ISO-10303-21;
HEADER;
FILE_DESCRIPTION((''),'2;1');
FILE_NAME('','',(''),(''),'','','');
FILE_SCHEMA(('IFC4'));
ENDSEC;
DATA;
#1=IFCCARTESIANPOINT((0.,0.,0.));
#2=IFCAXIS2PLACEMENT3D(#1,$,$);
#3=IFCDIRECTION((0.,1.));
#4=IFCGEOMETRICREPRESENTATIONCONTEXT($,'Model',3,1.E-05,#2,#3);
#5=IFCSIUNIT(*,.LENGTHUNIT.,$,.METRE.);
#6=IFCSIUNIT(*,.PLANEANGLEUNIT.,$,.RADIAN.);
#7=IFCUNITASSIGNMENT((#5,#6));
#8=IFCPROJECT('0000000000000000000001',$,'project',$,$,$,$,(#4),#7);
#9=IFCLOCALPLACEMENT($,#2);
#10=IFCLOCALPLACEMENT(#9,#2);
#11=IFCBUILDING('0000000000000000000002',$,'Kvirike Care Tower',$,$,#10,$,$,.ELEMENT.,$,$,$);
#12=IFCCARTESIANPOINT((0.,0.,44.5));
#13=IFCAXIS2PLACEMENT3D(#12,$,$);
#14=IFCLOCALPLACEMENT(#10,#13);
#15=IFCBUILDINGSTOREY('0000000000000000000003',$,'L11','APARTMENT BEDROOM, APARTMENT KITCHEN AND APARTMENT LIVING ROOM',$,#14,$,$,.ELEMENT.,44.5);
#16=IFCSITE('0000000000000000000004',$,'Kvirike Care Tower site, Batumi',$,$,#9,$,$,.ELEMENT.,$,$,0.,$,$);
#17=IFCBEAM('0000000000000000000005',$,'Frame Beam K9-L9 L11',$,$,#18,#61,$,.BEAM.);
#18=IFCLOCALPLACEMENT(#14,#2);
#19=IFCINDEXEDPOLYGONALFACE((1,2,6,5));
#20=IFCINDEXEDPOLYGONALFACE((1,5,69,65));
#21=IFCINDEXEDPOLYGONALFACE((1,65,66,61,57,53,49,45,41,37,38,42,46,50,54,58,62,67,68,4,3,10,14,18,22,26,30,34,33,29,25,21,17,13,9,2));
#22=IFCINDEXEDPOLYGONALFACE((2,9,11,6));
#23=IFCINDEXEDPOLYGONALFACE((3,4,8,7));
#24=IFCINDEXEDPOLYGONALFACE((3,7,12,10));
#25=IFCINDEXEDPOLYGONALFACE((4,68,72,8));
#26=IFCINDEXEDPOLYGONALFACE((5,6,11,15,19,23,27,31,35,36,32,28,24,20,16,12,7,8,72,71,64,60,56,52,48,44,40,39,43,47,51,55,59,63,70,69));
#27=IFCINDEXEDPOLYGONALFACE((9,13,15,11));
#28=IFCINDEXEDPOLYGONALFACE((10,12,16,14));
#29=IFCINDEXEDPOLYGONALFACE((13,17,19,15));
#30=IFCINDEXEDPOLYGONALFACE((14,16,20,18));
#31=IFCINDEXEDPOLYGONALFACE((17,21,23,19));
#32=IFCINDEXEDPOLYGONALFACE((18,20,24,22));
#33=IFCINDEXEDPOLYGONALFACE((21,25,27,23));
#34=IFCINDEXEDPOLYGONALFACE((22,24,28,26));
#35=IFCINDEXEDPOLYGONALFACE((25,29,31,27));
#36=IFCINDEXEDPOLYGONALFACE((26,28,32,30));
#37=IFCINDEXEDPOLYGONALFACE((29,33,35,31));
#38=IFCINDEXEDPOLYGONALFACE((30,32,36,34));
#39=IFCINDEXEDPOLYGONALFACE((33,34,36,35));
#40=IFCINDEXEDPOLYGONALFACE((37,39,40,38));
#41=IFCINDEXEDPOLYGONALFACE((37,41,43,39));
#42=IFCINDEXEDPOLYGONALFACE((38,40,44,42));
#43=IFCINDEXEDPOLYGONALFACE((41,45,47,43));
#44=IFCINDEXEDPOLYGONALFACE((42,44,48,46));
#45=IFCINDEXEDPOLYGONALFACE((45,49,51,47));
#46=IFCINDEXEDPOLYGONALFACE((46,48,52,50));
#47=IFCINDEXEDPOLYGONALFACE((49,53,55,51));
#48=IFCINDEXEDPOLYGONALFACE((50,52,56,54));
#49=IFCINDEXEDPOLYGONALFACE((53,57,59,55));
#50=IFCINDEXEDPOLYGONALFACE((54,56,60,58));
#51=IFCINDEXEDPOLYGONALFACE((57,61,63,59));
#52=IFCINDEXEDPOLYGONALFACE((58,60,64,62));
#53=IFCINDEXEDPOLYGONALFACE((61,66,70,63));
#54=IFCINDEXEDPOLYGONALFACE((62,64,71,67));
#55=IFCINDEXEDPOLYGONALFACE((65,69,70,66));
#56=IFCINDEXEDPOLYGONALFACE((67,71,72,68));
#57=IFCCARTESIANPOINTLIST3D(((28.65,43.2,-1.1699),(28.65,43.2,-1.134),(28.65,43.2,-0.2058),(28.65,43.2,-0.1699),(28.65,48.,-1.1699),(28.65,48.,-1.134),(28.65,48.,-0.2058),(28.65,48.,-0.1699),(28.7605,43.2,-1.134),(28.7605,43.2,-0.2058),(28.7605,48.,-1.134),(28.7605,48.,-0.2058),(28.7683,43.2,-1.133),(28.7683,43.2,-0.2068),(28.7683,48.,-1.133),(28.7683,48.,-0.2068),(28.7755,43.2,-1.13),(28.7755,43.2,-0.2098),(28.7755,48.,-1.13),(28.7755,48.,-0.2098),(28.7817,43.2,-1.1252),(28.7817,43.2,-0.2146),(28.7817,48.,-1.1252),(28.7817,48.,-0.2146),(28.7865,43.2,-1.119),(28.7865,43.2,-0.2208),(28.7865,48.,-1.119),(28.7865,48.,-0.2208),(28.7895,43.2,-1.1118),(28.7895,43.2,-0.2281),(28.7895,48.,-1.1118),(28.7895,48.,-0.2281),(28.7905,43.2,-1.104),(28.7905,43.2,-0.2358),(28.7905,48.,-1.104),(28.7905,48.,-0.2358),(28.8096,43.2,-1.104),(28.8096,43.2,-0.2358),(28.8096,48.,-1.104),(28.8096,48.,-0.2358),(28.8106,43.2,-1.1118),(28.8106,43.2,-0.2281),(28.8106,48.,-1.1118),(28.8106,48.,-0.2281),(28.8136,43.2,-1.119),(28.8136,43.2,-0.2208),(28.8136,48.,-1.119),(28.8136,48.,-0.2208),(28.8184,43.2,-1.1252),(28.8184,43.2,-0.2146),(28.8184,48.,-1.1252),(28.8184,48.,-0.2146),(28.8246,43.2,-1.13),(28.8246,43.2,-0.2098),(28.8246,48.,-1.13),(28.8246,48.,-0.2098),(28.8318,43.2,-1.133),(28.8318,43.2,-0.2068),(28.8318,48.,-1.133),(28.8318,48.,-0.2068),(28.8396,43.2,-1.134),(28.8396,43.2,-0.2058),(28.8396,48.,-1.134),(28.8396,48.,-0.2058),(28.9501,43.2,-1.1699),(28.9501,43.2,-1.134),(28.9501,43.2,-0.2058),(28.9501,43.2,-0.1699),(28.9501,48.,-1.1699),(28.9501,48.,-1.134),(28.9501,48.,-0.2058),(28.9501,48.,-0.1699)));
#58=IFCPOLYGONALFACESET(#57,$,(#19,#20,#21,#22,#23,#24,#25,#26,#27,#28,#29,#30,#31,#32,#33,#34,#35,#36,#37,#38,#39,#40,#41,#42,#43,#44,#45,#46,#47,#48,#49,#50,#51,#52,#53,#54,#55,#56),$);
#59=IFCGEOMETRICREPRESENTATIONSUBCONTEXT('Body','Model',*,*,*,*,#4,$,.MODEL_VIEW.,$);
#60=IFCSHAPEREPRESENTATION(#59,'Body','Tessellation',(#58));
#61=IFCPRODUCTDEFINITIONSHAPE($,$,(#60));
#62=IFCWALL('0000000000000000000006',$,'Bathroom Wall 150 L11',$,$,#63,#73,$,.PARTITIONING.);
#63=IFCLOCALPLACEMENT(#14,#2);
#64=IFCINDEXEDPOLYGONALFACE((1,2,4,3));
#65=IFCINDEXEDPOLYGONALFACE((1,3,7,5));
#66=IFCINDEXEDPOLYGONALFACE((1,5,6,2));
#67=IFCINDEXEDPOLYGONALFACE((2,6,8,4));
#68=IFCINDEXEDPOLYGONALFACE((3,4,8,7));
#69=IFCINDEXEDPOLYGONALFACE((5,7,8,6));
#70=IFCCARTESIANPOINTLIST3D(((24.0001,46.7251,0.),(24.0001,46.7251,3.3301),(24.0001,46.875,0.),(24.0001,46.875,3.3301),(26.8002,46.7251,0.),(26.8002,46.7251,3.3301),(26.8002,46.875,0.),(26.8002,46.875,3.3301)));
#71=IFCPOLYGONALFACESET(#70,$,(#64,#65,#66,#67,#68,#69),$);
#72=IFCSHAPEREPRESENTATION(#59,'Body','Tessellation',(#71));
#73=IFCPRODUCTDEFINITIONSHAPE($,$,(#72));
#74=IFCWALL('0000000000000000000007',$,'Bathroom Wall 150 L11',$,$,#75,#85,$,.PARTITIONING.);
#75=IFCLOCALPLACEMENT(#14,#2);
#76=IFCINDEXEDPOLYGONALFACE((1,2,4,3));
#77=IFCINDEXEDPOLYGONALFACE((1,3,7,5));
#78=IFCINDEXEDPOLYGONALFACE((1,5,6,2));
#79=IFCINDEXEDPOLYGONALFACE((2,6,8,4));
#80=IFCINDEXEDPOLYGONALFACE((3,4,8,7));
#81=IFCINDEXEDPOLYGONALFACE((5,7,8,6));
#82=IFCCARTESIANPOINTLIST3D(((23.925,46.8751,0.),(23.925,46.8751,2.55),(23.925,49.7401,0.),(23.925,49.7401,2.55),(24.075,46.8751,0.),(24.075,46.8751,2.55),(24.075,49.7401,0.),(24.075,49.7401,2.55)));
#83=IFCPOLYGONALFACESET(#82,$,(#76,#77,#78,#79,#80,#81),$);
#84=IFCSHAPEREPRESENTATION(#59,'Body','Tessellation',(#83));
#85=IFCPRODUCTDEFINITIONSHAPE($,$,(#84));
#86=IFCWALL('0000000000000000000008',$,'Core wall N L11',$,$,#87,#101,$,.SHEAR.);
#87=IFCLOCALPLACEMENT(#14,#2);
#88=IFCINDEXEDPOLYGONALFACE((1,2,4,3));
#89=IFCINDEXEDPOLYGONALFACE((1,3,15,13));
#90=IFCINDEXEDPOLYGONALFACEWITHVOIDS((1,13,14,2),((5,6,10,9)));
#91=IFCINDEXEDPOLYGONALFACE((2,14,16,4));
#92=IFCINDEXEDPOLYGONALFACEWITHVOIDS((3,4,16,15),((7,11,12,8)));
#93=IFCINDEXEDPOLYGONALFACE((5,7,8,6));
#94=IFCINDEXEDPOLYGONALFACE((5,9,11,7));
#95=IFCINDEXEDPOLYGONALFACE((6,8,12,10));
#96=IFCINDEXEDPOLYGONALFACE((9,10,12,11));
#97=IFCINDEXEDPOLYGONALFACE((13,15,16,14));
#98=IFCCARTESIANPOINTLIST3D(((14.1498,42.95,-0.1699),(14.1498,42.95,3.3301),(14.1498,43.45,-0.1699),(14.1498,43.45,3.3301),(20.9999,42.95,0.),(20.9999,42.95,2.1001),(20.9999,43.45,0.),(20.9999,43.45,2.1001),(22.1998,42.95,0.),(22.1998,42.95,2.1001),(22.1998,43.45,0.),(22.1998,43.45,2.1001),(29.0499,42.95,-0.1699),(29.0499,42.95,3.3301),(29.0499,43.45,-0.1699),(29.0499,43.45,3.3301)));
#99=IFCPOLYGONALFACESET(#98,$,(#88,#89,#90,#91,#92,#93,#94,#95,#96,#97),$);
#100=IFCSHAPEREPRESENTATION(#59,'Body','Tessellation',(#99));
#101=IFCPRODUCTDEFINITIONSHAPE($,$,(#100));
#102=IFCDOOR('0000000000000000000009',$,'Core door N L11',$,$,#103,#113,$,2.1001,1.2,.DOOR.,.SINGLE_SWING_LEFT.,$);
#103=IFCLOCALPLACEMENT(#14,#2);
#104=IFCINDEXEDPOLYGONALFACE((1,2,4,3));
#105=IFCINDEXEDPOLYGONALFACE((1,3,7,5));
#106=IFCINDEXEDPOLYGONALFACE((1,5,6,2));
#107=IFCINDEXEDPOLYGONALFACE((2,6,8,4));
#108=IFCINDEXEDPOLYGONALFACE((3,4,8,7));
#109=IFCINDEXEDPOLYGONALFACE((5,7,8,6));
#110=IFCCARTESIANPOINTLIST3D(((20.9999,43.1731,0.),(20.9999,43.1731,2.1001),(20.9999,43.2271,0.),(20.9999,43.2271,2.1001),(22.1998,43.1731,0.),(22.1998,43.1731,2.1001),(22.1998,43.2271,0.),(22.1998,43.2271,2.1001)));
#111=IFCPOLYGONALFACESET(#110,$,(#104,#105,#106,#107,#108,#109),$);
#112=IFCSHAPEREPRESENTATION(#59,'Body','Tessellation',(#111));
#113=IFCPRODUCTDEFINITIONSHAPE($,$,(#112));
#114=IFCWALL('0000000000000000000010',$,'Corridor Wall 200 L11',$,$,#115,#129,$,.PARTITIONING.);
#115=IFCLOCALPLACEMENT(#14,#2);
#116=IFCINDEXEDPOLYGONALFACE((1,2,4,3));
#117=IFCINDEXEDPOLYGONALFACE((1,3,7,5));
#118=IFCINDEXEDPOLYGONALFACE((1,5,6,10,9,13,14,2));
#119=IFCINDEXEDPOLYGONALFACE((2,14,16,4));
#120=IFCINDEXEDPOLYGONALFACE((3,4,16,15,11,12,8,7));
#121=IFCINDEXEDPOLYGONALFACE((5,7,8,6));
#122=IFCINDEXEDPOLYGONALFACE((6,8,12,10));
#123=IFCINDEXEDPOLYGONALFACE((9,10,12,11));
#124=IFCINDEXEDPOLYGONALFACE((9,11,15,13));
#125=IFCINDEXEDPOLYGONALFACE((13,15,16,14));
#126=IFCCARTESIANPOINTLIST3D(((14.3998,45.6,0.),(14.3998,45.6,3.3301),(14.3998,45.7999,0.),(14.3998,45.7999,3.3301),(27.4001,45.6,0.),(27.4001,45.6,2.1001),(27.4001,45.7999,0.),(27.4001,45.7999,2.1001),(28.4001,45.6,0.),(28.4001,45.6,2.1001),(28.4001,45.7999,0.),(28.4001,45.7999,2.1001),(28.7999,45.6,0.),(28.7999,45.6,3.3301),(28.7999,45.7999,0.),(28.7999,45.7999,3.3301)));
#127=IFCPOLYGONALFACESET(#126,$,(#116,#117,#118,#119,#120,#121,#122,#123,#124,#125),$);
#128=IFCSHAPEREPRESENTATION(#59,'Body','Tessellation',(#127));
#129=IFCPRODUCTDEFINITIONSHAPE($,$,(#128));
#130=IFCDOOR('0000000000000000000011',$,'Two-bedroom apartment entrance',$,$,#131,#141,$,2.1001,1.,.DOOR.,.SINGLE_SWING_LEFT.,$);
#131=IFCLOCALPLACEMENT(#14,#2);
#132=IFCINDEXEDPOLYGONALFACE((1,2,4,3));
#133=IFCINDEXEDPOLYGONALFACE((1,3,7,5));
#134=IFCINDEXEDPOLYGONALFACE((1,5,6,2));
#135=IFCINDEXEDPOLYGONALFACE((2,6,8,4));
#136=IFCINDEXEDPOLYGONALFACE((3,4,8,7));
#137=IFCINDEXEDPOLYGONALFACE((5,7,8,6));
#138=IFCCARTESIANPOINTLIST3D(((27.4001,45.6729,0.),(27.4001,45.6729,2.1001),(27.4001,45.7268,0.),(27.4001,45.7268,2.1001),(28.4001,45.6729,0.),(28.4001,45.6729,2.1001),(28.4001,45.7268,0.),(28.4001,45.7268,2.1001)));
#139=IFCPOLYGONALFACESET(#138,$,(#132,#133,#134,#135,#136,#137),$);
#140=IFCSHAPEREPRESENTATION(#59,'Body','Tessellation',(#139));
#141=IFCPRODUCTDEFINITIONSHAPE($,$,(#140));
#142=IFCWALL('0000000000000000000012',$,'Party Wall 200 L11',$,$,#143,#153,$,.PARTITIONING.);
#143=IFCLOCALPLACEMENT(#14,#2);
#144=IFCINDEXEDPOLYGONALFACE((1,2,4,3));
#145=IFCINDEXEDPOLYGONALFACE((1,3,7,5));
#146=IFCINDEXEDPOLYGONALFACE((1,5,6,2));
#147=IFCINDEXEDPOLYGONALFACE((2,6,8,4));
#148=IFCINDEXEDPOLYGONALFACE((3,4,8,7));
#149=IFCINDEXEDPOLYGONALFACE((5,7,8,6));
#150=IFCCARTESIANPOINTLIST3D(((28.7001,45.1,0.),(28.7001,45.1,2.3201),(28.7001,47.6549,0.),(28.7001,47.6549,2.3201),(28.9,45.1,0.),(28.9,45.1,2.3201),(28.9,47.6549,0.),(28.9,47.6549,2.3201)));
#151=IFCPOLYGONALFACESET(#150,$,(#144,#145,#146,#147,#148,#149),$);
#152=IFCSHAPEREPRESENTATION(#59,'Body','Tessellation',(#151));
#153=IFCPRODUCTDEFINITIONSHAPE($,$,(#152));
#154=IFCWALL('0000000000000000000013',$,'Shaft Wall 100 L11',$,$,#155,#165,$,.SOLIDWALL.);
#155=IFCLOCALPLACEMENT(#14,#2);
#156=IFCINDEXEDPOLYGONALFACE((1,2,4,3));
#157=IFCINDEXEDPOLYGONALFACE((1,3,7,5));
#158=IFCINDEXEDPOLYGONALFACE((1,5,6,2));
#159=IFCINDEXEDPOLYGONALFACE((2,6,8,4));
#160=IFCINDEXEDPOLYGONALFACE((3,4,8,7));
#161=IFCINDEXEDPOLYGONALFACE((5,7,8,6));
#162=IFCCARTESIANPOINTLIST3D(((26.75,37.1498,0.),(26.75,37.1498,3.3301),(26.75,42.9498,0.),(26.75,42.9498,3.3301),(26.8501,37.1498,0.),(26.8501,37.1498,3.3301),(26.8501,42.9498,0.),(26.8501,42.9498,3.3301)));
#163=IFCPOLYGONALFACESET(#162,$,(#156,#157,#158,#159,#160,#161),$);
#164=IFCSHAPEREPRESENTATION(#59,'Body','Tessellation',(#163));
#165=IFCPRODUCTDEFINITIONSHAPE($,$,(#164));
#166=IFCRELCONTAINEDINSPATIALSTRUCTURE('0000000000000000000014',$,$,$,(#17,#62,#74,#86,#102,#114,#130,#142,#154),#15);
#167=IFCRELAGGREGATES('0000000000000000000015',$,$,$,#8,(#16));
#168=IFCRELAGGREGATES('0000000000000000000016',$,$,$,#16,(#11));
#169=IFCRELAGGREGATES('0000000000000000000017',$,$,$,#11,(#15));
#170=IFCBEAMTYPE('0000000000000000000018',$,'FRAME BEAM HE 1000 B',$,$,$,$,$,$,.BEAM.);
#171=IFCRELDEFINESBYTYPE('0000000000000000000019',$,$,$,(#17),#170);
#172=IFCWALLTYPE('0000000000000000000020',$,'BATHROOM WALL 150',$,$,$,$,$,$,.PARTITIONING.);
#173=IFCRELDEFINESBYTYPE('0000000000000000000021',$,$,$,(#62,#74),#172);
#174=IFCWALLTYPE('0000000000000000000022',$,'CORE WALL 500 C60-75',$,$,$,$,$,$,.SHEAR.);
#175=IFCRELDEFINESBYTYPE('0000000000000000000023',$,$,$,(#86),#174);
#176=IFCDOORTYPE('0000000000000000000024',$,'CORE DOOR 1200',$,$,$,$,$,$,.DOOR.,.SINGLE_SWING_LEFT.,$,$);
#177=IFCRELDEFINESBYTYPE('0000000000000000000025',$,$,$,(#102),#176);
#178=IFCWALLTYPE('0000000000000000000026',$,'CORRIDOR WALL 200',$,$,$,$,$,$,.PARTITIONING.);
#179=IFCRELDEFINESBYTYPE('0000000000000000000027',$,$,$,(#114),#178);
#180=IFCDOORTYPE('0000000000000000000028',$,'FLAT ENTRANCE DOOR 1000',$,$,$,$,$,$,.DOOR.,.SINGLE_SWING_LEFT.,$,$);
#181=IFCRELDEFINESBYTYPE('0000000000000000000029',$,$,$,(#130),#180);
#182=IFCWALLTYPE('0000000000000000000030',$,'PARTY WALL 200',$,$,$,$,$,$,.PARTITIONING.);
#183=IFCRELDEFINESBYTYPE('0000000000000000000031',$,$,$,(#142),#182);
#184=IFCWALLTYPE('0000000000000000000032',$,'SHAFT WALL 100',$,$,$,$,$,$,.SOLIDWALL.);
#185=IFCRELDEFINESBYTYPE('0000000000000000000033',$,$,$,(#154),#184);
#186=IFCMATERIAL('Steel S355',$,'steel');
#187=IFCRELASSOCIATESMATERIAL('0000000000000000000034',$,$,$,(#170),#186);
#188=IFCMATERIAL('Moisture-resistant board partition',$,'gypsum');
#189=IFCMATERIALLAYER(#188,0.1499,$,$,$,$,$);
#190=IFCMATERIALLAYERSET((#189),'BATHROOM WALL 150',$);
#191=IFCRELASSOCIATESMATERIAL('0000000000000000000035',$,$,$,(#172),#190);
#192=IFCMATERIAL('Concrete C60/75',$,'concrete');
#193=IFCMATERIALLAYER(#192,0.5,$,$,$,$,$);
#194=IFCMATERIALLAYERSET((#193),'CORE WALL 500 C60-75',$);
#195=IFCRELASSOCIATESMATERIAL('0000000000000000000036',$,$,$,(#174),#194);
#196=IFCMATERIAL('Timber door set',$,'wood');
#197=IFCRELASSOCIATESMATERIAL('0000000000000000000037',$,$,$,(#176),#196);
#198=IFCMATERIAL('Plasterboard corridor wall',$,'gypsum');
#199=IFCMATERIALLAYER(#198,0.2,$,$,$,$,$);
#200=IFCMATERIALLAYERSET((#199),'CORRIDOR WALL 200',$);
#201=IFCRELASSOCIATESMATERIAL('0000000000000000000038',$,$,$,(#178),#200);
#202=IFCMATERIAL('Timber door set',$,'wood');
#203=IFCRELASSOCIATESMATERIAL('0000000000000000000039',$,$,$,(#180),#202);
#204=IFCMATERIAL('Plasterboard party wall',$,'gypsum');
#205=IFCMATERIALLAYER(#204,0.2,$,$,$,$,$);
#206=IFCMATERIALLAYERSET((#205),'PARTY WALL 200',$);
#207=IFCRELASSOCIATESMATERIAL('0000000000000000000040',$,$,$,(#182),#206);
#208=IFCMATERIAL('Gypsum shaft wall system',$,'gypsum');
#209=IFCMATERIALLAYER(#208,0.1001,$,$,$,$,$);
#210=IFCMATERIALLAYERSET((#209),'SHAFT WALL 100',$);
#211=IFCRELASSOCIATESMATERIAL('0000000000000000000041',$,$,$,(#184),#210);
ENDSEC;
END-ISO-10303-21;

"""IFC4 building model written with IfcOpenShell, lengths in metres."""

from ifc_helpers import new_model, si_unit, direction, frame, frame_2d, origin, origin_2d, place, context, subcontext, project, spatial, rectangle, i_section, extrude, material, layer, layer_set, material_profile, profile_set, type_object, element, fill, save


model = new_model("IFC4")

# Units and contexts
model_context = context("Model", 3, precision=1e-05, world=origin(), true_north=direction((0.0, 1.0)))
body_context = subcontext(model_context, "Body", "Model", "MODEL_VIEW")
ifc_project = project(units=[si_unit("LENGTHUNIT", "METRE"), si_unit("PLANEANGLEUNIT", "RADIAN")], contexts=[model_context])

# Site, building, storey
site_placement = place(None, origin())
site = spatial("IfcSite", under=ifc_project, at=site_placement, Name="Kvirike Care Tower site, Batumi", CompositionType="ELEMENT", RefElevation=0.0)
building_placement = place(site_placement, origin())
building = spatial("IfcBuilding", under=site, at=building_placement, Name="Kvirike Care Tower", CompositionType="ELEMENT")
storey_placement = place(building_placement, frame((0.0, 0.0, 44.5)))
storey = spatial("IfcBuildingStorey", under=building, at=storey_placement, Name="L11", Description="APARTMENT BEDROOM, APARTMENT KITCHEN AND APARTMENT LIVING ROOM", CompositionType="ELEMENT", Elevation=44.5)

# Beam
ifc_material_1 = material(Name="Steel S355", Category="steel")
ifc_material_profile_1 = material_profile(ifc_material_1, i_section(OverallWidth=0.3, OverallDepth=1.0, WebThickness=0.019, FlangeThickness=0.0359, FilletRadius=0.03, at=origin_2d()), Name="HE 1000 B")
ifc_profile_set_1 = profile_set([ifc_material_profile_1], Name="Steel S355")
beam_type_1 = type_object("IfcBeamType", Name="FRAME BEAM HE 1000 B", PredefinedType="BEAM", material=ifc_profile_set_1)
for number, where, z_axis, x_axis, name in (
    (1, (28.8, 43.2, -0.6699), (0.0, 1.0, 0.0), (-1.0, 0.0, 0.0), "Frame Beam K9-L9 L11"),
):
    element("IfcBeam", number, at=place(storey_placement, frame(where, z_axis=z_axis, x_axis=x_axis)), inside=storey, type_object=beam_type_1, Name=name, PredefinedType="BEAM", context=body_context, shape_type="SweptSolid", body=[
        extrude(i_section(OverallWidth=0.3, OverallDepth=1.0, WebThickness=0.019, FlangeThickness=0.0359, FilletRadius=0.03, at=origin_2d()), origin(), (0.0, 0.0, 1.0), 4.8),
    ])

# Walls
ifc_material_2 = material(Name="Moisture-resistant board partition", Category="gypsum")
ifc_layer_1 = layer(ifc_material_2, 0.1499)
ifc_layer_set_1 = layer_set([ifc_layer_1], Name="BATHROOM WALL 150")
wall_type_1 = type_object("IfcWallType", Name="BATHROOM WALL 150", PredefinedType="PARTITIONING", material=ifc_layer_set_1)
wall_1_placement = place(storey_placement, frame((26.8, 46.8, 0.0), z_axis=(0.0, 0.0, 1.0), x_axis=(-1.0, 0.0, 0.0)))
element("IfcWall", 2, at=wall_1_placement, inside=storey, type_object=wall_type_1, Name="Bathroom Wall 150 L11", PredefinedType="PARTITIONING", context=body_context, shape_type="SweptSolid", body=[
    extrude(rectangle(XDim=2.8, YDim=0.1499, at=frame_2d((1.3999, 0.0))), origin(), (0.0, 0.0, 1.0), 3.3301),
])
wall_2_placement = place(storey_placement, frame((24.0, 46.875, 0.0), z_axis=(0.0, 0.0, 1.0), x_axis=(0.0, 1.0, 0.0)))
element("IfcWall", 3, at=wall_2_placement, inside=storey, type_object=wall_type_1, Name="Bathroom Wall 150 L11", PredefinedType="PARTITIONING", context=body_context, shape_type="SweptSolid", body=[
    extrude(rectangle(XDim=2.865, YDim=0.1499, at=frame_2d((1.4326, 0.0))), origin(), (0.0, 0.0, 1.0), 2.55),
])

# Walls, openings, doors
ifc_material_3 = material(Name="Concrete C60/75", Category="concrete")
ifc_layer_2 = layer(ifc_material_3, 0.5)
ifc_layer_set_2 = layer_set([ifc_layer_2], Name="CORE WALL 500 C60-75")
wall_type_2 = type_object("IfcWallType", Name="CORE WALL 500 C60-75", PredefinedType="SHEAR", material=ifc_layer_set_2)
wall_3_placement = place(storey_placement, frame((29.05, 43.2, -0.1699), z_axis=(0.0, 0.0, 1.0), x_axis=(-1.0, 0.0, 0.0)))
wall_3 = element("IfcWall", 4, at=wall_3_placement, inside=storey, type_object=wall_type_2, Name="Core wall N L11", PredefinedType="SHEAR", context=body_context, shape_type="SweptSolid", body=[
    extrude(rectangle(XDim=14.9001, YDim=0.5, at=frame_2d((7.4502, 0.0))), origin(), (0.0, 0.0, 1.0), 3.5),
])
opening_1_placement = place(wall_3_placement, frame((6.8501, 0.0, 0.1699)))
opening_1 = element("IfcOpeningElement", 5, at=opening_1_placement, cuts=wall_3, PredefinedType="OPENING", context=body_context, shape_type="SweptSolid", body=[
    extrude(rectangle(XDim=1.2, YDim=2.1001, at=frame_2d((0.6001, 1.05))), frame((0.0, 0.2605, 0.0), z_axis=(0.0, -1.0, 0.0), x_axis=(1.0, 0.0, 0.0)), (0.0, 0.0, 1.0), 0.521),
])
ifc_material_4 = material(Name="Timber door set", Category="wood")
door_type_1 = type_object("IfcDoorType", Name="CORE DOOR 1200", OperationType="SINGLE_SWING_LEFT", PredefinedType="DOOR", material=ifc_material_4)
door_1_placement = place(opening_1_placement, origin())
door_1 = element("IfcDoor", 6, at=door_1_placement, inside=storey, type_object=door_type_1, Name="Core door N L11", OperationType="SINGLE_SWING_LEFT", OverallHeight=2.1001, OverallWidth=1.2, PredefinedType="DOOR", context=body_context, shape_type="SweptSolid", body=[
    extrude(rectangle(XDim=1.2, YDim=2.1001, at=frame_2d((0.6001, 1.05))), frame((0.0, 0.0269, 0.0), z_axis=(0.0, -1.0, 0.0), x_axis=(1.0, 0.0, 0.0)), (0.0, 0.0, 1.0), 0.054),
])
fill(opening_1, door_1)
ifc_material_5 = material(Name="Plasterboard corridor wall", Category="gypsum")
ifc_layer_3 = layer(ifc_material_5, 0.2)
ifc_layer_set_3 = layer_set([ifc_layer_3], Name="CORRIDOR WALL 200")
wall_type_3 = type_object("IfcWallType", Name="CORRIDOR WALL 200", PredefinedType="PARTITIONING", material=ifc_layer_set_3)
wall_4_placement = place(storey_placement, frame((28.8, 45.7, 0.0), z_axis=(0.0, 0.0, 1.0), x_axis=(-1.0, 0.0, 0.0)))
wall_4 = element("IfcWall", 7, at=wall_4_placement, inside=storey, type_object=wall_type_3, Name="Corridor Wall 200 L11", PredefinedType="PARTITIONING", context=body_context, shape_type="SweptSolid", body=[
    extrude(rectangle(XDim=14.4001, YDim=0.2, at=frame_2d((7.2002, 0.0))), origin(), (0.0, 0.0, 1.0), 3.3301),
])
opening_2_placement = place(wall_4_placement, frame((0.3999, 0.0, 0.0)))
opening_2 = element("IfcOpeningElement", 8, at=opening_2_placement, cuts=wall_4, PredefinedType="OPENING", context=body_context, shape_type="SweptSolid", body=[
    extrude(rectangle(XDim=1.0, YDim=2.1001, at=frame_2d((0.5, 1.05))), frame((0.0, 0.1106, 0.0), z_axis=(0.0, -1.0, 0.0), x_axis=(1.0, 0.0, 0.0)), (0.0, 0.0, 1.0), 0.2209),
])
ifc_material_6 = material(Name="Timber door set", Category="wood")
door_type_2 = type_object("IfcDoorType", Name="FLAT ENTRANCE DOOR 1000", OperationType="SINGLE_SWING_LEFT", PredefinedType="DOOR", material=ifc_material_6)
door_2_placement = place(opening_2_placement, frame((1.0, 0.0, 0.0), z_axis=(0.0, 0.0, 1.0), x_axis=(-1.0, 0.0, 0.0)))
door_2 = element("IfcDoor", 9, at=door_2_placement, inside=storey, type_object=door_type_2, Name="Two-bedroom apartment entrance", OperationType="SINGLE_SWING_LEFT", OverallHeight=2.1001, OverallWidth=1.0, PredefinedType="DOOR", context=body_context, shape_type="SweptSolid", body=[
    extrude(rectangle(XDim=1.0, YDim=2.1001, at=frame_2d((0.5, 1.05))), frame((0.0, 0.0269, 0.0), z_axis=(0.0, -1.0, 0.0), x_axis=(1.0, 0.0, 0.0)), (0.0, 0.0, 1.0), 0.054),
])
fill(opening_2, door_2)

# Walls
ifc_material_7 = material(Name="Plasterboard party wall", Category="gypsum")
ifc_layer_4 = layer(ifc_material_7, 0.2)
ifc_layer_set_4 = layer_set([ifc_layer_4], Name="PARTY WALL 200")
wall_type_4 = type_object("IfcWallType", Name="PARTY WALL 200", PredefinedType="PARTITIONING", material=ifc_layer_set_4)
wall_5_placement = place(storey_placement, frame((28.8, 45.1001, 0.0), z_axis=(0.0, 0.0, 1.0), x_axis=(0.0, 1.0, 0.0)))
element("IfcWall", 10, at=wall_5_placement, inside=storey, type_object=wall_type_4, Name="Party Wall 200 L11", PredefinedType="PARTITIONING", context=body_context, shape_type="SweptSolid", body=[
    extrude(rectangle(XDim=2.5549, YDim=0.2, at=frame_2d((1.2773, 0.0))), origin(), (0.0, 0.0, 1.0), 2.3201),
])
ifc_material_8 = material(Name="Gypsum shaft wall system", Category="gypsum")
ifc_layer_5 = layer(ifc_material_8, 0.1001)
ifc_layer_set_5 = layer_set([ifc_layer_5], Name="SHAFT WALL 100")
wall_type_5 = type_object("IfcWallType", Name="SHAFT WALL 100", PredefinedType="SOLIDWALL", material=ifc_layer_set_5)
wall_6_placement = place(storey_placement, frame((26.8, 37.1499, 0.0), z_axis=(0.0, 0.0, 1.0), x_axis=(0.0, 1.0, 0.0)))
element("IfcWall", 11, at=wall_6_placement, inside=storey, type_object=wall_type_5, Name="Shaft Wall 100 L11", PredefinedType="SOLIDWALL", context=body_context, shape_type="SweptSolid", body=[
    extrude(rectangle(XDim=5.8, YDim=0.1001, at=frame_2d((2.8999, 0.0))), origin(), (0.0, 0.0, 1.0), 3.3301),
])

save(model, "model.ifc")
